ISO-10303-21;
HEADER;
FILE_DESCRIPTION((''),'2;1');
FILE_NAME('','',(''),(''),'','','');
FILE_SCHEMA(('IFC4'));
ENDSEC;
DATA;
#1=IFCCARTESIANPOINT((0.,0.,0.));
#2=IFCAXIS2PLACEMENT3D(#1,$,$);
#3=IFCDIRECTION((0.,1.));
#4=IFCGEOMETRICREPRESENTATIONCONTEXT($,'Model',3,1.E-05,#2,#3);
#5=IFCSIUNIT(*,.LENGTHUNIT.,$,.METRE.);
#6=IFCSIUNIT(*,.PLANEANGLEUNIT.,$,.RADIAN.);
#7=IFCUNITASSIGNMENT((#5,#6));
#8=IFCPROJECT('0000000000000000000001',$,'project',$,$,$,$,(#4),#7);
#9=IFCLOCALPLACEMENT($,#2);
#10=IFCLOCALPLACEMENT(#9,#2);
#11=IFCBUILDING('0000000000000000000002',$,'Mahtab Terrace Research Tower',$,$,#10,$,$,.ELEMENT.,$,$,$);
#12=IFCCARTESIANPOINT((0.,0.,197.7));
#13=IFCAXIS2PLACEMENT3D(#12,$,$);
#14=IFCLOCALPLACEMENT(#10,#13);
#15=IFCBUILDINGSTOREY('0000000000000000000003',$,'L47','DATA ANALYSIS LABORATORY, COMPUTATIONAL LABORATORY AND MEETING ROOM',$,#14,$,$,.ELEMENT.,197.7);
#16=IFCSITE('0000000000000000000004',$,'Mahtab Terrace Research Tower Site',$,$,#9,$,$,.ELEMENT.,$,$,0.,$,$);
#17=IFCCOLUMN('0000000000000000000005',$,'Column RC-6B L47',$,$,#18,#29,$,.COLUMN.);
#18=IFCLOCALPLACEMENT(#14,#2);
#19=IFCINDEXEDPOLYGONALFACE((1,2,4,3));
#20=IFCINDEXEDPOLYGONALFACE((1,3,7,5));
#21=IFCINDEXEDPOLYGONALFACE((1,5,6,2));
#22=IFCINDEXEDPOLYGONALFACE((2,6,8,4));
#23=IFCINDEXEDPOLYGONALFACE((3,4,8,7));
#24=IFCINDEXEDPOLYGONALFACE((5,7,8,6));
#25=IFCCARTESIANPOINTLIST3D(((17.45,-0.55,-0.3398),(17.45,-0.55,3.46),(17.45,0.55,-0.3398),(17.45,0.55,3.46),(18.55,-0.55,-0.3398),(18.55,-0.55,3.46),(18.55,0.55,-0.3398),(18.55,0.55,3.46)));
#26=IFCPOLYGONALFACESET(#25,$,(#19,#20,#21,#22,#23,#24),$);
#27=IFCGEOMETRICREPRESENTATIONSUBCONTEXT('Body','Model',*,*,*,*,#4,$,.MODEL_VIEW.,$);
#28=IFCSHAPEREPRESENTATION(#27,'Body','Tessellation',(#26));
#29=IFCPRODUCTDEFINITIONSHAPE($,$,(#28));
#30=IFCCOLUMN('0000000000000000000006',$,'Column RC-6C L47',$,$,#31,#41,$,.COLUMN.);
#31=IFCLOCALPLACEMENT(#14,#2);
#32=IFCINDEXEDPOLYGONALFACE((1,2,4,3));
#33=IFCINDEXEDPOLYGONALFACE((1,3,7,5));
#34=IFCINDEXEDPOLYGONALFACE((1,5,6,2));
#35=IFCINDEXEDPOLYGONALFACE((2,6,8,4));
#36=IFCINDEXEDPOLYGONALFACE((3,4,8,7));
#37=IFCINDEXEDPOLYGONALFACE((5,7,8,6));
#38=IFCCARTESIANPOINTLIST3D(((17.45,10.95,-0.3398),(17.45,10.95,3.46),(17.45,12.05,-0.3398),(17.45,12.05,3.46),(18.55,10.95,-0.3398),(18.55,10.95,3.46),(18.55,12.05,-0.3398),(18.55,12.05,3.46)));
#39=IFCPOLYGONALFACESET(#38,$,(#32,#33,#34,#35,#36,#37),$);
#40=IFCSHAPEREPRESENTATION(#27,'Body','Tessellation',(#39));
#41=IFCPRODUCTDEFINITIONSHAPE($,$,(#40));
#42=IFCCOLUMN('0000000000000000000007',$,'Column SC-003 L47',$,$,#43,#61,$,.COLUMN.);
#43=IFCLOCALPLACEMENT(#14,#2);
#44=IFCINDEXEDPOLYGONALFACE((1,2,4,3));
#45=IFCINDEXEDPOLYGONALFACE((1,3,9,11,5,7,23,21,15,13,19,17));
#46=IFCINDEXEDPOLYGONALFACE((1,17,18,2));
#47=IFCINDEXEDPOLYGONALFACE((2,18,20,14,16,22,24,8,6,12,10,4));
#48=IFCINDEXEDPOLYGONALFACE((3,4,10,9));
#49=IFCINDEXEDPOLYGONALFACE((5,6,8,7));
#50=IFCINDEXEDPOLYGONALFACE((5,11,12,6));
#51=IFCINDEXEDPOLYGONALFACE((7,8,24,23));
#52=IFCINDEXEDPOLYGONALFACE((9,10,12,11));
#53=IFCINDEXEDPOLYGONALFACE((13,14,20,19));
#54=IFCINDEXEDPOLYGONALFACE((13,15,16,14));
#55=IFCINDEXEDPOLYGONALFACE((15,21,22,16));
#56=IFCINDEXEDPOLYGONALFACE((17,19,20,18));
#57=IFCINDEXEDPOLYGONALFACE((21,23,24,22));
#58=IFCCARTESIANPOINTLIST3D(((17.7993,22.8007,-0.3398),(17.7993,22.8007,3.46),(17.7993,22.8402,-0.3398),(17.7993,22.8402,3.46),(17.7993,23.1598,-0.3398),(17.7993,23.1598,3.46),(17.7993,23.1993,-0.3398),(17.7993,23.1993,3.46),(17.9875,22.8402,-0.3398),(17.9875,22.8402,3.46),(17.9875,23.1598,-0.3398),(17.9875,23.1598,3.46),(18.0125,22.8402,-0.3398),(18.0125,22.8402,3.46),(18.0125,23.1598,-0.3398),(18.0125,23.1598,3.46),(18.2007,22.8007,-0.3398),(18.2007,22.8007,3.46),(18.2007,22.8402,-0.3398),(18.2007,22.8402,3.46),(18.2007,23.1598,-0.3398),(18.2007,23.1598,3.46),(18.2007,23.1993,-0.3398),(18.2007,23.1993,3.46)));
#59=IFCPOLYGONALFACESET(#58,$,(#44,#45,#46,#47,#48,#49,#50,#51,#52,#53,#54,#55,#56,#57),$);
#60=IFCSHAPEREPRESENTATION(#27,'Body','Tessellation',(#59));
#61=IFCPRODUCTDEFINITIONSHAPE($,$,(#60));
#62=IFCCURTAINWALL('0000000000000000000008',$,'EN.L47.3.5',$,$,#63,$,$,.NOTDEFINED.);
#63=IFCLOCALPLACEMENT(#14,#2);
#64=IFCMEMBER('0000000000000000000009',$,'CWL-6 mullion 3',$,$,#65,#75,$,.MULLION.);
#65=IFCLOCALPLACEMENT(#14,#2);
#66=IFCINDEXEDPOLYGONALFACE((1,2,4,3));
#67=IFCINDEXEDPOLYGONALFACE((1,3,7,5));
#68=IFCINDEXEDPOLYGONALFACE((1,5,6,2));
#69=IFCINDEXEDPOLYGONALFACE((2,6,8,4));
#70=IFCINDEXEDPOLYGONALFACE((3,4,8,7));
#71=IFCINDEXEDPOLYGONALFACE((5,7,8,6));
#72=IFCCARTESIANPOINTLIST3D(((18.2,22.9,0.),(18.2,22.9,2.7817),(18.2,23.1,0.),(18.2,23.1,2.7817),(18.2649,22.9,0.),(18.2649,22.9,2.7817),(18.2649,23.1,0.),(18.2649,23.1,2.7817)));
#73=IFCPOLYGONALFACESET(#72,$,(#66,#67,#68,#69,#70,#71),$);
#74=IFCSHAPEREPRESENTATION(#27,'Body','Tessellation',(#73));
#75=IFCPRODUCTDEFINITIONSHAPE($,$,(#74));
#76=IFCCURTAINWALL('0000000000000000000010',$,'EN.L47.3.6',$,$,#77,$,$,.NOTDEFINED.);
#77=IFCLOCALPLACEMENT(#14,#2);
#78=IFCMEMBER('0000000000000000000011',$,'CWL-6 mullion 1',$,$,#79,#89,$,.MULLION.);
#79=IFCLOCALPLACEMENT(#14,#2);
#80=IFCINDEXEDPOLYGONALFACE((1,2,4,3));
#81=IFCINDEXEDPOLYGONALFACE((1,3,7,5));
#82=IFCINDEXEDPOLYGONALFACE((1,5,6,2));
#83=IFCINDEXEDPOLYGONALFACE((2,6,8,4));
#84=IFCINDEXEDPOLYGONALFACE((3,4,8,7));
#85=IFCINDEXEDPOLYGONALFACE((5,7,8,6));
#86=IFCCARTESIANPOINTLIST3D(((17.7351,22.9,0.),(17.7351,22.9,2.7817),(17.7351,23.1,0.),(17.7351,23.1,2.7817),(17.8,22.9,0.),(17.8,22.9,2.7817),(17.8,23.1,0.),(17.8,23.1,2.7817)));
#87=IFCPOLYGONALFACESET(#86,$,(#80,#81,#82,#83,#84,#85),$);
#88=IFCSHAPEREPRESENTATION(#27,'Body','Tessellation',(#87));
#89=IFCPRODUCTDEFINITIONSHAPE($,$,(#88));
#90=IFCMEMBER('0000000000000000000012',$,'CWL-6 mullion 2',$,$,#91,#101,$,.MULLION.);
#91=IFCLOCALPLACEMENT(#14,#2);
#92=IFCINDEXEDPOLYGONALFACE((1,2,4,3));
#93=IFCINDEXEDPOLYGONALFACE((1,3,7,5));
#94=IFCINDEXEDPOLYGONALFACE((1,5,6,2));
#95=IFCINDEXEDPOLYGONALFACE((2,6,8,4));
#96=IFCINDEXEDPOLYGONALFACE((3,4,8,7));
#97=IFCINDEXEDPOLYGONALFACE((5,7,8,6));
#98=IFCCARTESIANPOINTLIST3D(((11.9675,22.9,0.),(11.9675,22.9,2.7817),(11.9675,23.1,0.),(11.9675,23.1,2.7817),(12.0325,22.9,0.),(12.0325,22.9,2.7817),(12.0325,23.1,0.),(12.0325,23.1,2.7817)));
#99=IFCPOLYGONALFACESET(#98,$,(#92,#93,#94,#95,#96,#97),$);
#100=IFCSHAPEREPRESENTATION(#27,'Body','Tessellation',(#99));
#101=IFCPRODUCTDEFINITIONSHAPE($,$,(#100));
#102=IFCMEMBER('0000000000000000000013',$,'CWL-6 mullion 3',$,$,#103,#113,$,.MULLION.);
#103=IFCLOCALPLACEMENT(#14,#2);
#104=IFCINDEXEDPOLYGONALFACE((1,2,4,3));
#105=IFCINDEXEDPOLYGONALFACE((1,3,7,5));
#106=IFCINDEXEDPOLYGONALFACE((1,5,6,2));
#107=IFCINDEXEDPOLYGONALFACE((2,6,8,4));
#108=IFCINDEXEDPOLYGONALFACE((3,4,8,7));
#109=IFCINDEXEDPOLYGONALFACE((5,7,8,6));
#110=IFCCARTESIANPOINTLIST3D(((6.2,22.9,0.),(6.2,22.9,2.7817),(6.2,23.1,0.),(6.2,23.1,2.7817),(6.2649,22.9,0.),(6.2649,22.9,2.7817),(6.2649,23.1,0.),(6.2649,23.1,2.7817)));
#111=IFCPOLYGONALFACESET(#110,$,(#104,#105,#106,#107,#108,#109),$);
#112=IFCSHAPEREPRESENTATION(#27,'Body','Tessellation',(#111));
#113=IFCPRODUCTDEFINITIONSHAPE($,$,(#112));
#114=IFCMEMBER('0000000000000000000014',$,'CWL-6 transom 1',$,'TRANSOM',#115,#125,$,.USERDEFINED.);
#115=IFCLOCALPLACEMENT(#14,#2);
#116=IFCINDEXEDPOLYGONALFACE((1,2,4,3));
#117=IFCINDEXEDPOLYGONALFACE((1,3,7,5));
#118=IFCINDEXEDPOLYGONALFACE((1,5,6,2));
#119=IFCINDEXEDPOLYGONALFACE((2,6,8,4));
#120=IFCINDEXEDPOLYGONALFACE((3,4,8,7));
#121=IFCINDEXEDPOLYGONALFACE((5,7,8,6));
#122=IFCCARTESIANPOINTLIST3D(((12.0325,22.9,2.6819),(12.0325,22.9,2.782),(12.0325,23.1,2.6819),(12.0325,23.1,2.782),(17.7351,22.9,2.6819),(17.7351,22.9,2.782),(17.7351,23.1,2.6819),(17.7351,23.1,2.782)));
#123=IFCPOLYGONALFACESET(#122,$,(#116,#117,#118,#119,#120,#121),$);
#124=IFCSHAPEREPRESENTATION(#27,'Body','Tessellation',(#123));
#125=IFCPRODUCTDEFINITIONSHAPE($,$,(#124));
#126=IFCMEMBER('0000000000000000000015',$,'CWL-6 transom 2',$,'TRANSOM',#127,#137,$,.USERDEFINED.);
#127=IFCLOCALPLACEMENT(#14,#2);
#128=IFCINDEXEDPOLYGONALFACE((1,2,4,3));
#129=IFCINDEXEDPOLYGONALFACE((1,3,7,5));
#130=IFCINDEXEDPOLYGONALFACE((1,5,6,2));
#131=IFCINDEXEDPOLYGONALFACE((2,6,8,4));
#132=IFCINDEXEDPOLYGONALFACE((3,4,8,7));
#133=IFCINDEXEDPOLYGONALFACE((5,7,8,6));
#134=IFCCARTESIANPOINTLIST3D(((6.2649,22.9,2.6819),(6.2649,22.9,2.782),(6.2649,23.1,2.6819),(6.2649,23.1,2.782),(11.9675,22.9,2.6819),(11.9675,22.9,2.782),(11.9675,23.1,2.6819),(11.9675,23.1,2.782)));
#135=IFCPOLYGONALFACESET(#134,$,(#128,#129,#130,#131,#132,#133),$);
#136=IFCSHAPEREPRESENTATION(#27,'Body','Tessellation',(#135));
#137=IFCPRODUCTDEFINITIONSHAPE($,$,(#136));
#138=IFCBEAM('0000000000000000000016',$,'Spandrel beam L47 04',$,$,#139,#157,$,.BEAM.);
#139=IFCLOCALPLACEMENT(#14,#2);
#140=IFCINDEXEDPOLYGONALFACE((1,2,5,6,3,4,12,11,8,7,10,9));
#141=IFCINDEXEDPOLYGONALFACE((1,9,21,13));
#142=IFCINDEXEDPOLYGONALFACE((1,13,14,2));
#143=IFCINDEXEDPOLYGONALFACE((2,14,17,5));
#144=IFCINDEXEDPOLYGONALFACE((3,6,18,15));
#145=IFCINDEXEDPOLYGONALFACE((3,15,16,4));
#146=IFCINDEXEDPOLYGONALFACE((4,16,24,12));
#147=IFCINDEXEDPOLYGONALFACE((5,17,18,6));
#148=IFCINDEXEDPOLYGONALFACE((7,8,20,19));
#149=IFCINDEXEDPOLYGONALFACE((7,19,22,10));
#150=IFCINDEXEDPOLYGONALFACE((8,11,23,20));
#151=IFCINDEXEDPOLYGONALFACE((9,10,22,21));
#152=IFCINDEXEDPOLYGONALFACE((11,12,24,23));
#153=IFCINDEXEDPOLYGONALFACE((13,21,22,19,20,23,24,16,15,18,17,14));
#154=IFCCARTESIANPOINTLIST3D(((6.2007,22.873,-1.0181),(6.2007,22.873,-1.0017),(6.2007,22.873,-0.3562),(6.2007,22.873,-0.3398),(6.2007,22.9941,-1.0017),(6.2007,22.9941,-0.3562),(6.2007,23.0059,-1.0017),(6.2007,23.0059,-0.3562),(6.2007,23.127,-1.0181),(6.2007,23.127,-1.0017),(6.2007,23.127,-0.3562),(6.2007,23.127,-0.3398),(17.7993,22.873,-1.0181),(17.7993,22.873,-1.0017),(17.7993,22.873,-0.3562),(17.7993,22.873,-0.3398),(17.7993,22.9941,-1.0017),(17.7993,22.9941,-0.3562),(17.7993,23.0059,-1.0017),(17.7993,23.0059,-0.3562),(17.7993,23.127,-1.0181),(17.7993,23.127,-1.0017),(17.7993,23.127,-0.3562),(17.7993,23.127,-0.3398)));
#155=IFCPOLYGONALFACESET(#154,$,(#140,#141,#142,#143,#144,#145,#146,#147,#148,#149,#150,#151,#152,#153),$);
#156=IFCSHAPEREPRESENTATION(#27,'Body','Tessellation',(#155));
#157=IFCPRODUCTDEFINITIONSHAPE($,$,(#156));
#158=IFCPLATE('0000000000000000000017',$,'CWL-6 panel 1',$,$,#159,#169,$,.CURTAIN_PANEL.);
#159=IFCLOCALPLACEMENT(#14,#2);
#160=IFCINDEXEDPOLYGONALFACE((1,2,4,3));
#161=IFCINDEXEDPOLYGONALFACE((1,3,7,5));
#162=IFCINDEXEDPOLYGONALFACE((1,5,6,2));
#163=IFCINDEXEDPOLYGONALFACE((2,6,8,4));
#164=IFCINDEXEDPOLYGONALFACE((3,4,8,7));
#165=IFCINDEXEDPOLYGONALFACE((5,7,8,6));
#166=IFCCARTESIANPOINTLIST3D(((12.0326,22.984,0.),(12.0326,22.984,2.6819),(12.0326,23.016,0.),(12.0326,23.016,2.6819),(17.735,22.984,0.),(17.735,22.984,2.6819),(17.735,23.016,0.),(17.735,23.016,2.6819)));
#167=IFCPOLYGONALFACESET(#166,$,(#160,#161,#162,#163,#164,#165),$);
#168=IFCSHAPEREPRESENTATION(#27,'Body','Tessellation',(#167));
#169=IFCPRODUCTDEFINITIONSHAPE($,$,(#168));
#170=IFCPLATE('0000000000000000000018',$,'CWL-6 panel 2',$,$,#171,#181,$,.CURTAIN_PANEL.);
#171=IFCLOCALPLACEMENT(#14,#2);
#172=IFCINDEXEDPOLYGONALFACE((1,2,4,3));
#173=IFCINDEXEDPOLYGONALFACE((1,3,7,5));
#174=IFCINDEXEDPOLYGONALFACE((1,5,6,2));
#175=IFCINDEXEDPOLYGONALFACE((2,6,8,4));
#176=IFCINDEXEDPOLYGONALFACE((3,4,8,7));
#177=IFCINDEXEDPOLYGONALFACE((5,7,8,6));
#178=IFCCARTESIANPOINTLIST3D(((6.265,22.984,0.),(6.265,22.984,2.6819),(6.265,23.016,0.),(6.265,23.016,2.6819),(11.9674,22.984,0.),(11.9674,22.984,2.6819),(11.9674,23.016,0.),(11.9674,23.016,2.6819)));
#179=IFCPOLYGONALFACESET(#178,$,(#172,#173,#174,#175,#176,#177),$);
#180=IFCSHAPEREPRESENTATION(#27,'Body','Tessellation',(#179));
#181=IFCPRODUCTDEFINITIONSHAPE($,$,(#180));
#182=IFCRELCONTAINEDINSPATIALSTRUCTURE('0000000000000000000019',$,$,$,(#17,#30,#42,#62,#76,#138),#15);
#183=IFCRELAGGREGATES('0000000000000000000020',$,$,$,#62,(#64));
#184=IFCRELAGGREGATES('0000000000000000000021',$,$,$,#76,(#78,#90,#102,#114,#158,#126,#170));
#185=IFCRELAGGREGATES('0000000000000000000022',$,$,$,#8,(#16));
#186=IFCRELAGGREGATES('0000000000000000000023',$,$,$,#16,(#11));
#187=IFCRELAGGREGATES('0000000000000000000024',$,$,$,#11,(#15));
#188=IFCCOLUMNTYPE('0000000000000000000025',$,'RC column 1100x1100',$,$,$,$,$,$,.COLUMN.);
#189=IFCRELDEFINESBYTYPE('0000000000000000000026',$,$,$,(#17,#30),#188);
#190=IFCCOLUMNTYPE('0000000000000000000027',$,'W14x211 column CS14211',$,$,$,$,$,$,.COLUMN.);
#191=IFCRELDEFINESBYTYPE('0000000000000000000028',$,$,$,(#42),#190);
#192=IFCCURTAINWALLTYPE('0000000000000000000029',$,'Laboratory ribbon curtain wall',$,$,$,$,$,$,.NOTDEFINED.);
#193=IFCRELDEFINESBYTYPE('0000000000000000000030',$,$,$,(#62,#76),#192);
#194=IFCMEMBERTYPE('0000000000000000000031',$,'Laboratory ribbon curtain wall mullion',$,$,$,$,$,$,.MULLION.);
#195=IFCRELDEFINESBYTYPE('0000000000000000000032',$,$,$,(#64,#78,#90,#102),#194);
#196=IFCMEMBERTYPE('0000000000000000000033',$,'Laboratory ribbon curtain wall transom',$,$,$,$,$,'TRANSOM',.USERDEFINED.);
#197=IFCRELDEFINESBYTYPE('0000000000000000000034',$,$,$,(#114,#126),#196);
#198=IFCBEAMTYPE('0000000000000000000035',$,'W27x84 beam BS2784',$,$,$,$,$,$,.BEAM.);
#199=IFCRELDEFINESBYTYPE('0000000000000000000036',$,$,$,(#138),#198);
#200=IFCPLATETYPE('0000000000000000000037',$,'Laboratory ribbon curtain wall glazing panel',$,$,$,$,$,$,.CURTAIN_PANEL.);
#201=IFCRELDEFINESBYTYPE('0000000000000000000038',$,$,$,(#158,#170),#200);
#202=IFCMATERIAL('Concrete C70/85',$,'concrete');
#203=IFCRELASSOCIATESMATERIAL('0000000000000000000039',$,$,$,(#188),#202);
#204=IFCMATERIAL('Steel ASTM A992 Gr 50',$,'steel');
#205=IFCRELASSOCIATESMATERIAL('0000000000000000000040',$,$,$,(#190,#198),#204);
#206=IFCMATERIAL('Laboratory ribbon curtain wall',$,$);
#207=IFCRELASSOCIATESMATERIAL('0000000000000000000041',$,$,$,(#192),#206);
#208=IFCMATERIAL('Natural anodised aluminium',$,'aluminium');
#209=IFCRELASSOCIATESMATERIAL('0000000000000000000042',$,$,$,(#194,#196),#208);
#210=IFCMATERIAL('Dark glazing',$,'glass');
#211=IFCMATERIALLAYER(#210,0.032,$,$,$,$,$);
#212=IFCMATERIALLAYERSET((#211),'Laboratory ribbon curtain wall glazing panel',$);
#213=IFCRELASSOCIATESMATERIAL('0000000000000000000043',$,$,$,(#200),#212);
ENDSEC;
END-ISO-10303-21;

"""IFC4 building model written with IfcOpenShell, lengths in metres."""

from ifc_helpers import new_model, si_unit, direction, frame, origin, origin_2d, place, context, subcontext, project, spatial, rectangle, i_section, extrude, material, layer, layer_set, material_profile, profile_set, type_object, element, aggregate, save


model = new_model("IFC4")

# Units and contexts
model_context = context("Model", 3, precision=1e-05, world=origin(), true_north=direction((0.0, 1.0)))
body_context = subcontext(model_context, "Body", "Model", "MODEL_VIEW")
ifc_project = project(units=[si_unit("LENGTHUNIT", "METRE"), si_unit("PLANEANGLEUNIT", "RADIAN")], contexts=[model_context])

# Site, building, storey
site_placement = place(None, origin())
site = spatial("IfcSite", under=ifc_project, at=site_placement, Name="Mahtab Terrace Research Tower Site", CompositionType="ELEMENT", RefElevation=0.0)
building_placement = place(site_placement, origin())
building = spatial("IfcBuilding", under=site, at=building_placement, Name="Mahtab Terrace Research Tower", CompositionType="ELEMENT")
storey_placement = place(building_placement, frame((0.0, 0.0, 197.7)))
storey = spatial("IfcBuildingStorey", under=building, at=storey_placement, Name="L47", Description="DATA ANALYSIS LABORATORY, COMPUTATIONAL LABORATORY AND MEETING ROOM", CompositionType="ELEMENT", Elevation=197.7)

# Columns
ifc_material_1 = material(Name="Concrete C70/85", Category="concrete")
ifc_material_profile_1 = material_profile(ifc_material_1, rectangle(XDim=1.1001, YDim=1.1001, at=origin_2d()), Name="RC column 1100x1100")
ifc_profile_set_1 = profile_set([ifc_material_profile_1], Name="Concrete C70/85")
column_type_1 = type_object("IfcColumnType", Name="RC column 1100x1100", PredefinedType="COLUMN", material=ifc_profile_set_1)
for number, where, z_axis, x_axis, name in (
    (1, (18.0, 0.0, -0.3398), (0.0, 0.0, 1.0), (1.0, 0.0, 0.0), "Column RC-6B L47"),
    (2, (18.0, 11.5, -0.3398), (0.0, 0.0, 1.0), (1.0, 0.0, 0.0), "Column RC-6C L47"),
):
    element("IfcColumn", number, at=place(storey_placement, frame(where, z_axis=z_axis, x_axis=x_axis)), inside=storey, type_object=column_type_1, Name=name, PredefinedType="COLUMN", context=body_context, shape_type="SweptSolid", body=[
        extrude(rectangle(XDim=1.1001, YDim=1.1001, at=origin_2d()), origin(), (0.0, 0.0, 1.0), 3.7998),
    ])
ifc_material_2 = material(Name="Steel ASTM A992 Gr 50", Category="steel")
ifc_material_profile_2 = material_profile(ifc_material_2, i_section(OverallWidth=0.4014, OverallDepth=0.3987, WebThickness=0.0249, FlangeThickness=0.0396, at=origin_2d()), Name="W14X211")
ifc_profile_set_2 = profile_set([ifc_material_profile_2], Name="Steel ASTM A992 Gr 50")
column_type_2 = type_object("IfcColumnType", Name="W14x211 column CS14211", PredefinedType="COLUMN", material=ifc_profile_set_2)
column_placement = place(storey_placement, frame((18.0, 23.0, -0.3398), z_axis=(0.0, 0.0, 1.0), x_axis=(1.0, 0.0, 0.0)))
element("IfcColumn", 3, at=column_placement, inside=storey, type_object=column_type_2, Name="Column SC-003 L47", PredefinedType="COLUMN", context=body_context, shape_type="SweptSolid", body=[
    extrude(i_section(OverallWidth=0.4014, OverallDepth=0.3987, WebThickness=0.0249, FlangeThickness=0.0396, at=origin_2d()), origin(), (0.0, 0.0, 1.0), 3.7998),
])

# Curtain wall, member
ifc_material_3 = material(Name="Laboratory ribbon curtain wall")
curtain_wall_type = type_object("IfcCurtainWallType", Name="Laboratory ribbon curtain wall", PredefinedType="NOTDEFINED", material=ifc_material_3)
curtain_wall_1_placement = place(storey_placement, origin())
curtain_wall_1 = element("IfcCurtainWall", 4, at=curtain_wall_1_placement, inside=storey, type_object=curtain_wall_type, Name="EN.L47.3.5", PredefinedType="NOTDEFINED")
ifc_material_4 = material(Name="Natural anodised aluminium", Category="aluminium")
ifc_material_profile_3 = material_profile(ifc_material_4, rectangle(XDim=0.2, YDim=0.0649, at=origin_2d()), Name="MULLION 65x200")
ifc_profile_set_3 = profile_set([ifc_material_profile_3], Name="Natural anodised aluminium")
member_type_1 = type_object("IfcMemberType", Name="Laboratory ribbon curtain wall mullion", PredefinedType="MULLION", material=ifc_profile_set_3)
member_1_placement = place(storey_placement, frame((18.2324, 23.0, 0.0), z_axis=(0.0, 0.0, 1.0), x_axis=(0.0, -1.0, 0.0)))
member_1 = element("IfcMember", 5, at=member_1_placement, type_object=member_type_1, Name="CWL-6 mullion 3", PredefinedType="MULLION", context=body_context, shape_type="SweptSolid", body=[
    extrude(rectangle(XDim=0.2, YDim=0.0649, at=origin_2d()), origin(), (0.0, 0.0, 1.0), 2.7817),
])
aggregate(curtain_wall_1, [member_1])

# Curtain wall, members
curtain_wall_2_placement = place(storey_placement, origin())
curtain_wall_2 = element("IfcCurtainWall", 6, at=curtain_wall_2_placement, inside=storey, type_object=curtain_wall_type, Name="EN.L47.3.6", PredefinedType="NOTDEFINED")
member_2_placement = place(storey_placement, frame((17.7676, 23.0, 0.0), z_axis=(0.0, 0.0, 1.0), x_axis=(0.0, -1.0, 0.0)))
member_2 = element("IfcMember", 7, at=member_2_placement, type_object=member_type_1, Name="CWL-6 mullion 1", PredefinedType="MULLION", context=body_context, shape_type="SweptSolid", body=[
    extrude(rectangle(XDim=0.2, YDim=0.0649, at=origin_2d()), origin(), (0.0, 0.0, 1.0), 2.7817),
])
member_3_placement = place(storey_placement, frame((12.0, 23.0, 0.0), z_axis=(0.0, 0.0, 1.0), x_axis=(0.0, -1.0, 0.0)))
member_3 = element("IfcMember", 8, at=member_3_placement, type_object=member_type_1, Name="CWL-6 mullion 2", PredefinedType="MULLION", context=body_context, shape_type="SweptSolid", body=[
    extrude(rectangle(XDim=0.2, YDim=0.0649, at=origin_2d()), origin(), (0.0, 0.0, 1.0), 2.7817),
])
member_4_placement = place(storey_placement, frame((6.2324, 23.0, 0.0), z_axis=(0.0, 0.0, 1.0), x_axis=(0.0, -1.0, 0.0)))
member_4 = element("IfcMember", 9, at=member_4_placement, type_object=member_type_1, Name="CWL-6 mullion 3", PredefinedType="MULLION", context=body_context, shape_type="SweptSolid", body=[
    extrude(rectangle(XDim=0.2, YDim=0.0649, at=origin_2d()), origin(), (0.0, 0.0, 1.0), 2.7817),
])
ifc_material_profile_4 = material_profile(ifc_material_4, rectangle(XDim=0.2, YDim=0.1001, at=origin_2d()), Name="TRANSOM 100x200")
ifc_profile_set_4 = profile_set([ifc_material_profile_4], Name="Natural anodised aluminium")
member_type_2 = type_object("IfcMemberType", Name="Laboratory ribbon curtain wall transom", ElementType="TRANSOM", PredefinedType="USERDEFINED", material=ifc_profile_set_4)
member_5_placement = place(storey_placement, frame((17.7351, 23.0, 2.7319), z_axis=(-1.0, 0.0, 0.0), x_axis=(0.0, -1.0, 0.0)))
member_5 = element("IfcMember", 10, at=member_5_placement, type_object=member_type_2, Name="CWL-6 transom 1", ObjectType="TRANSOM", PredefinedType="USERDEFINED", context=body_context, shape_type="SweptSolid", body=[
    extrude(rectangle(XDim=0.2, YDim=0.1001, at=origin_2d()), origin(), (0.0, 0.0, 1.0), 5.7026),
])
member_6_placement = place(storey_placement, frame((11.9675, 23.0, 2.7319), z_axis=(-1.0, 0.0, 0.0), x_axis=(0.0, -1.0, 0.0)))
member_6 = element("IfcMember", 11, at=member_6_placement, type_object=member_type_2, Name="CWL-6 transom 2", ObjectType="TRANSOM", PredefinedType="USERDEFINED", context=body_context, shape_type="SweptSolid", body=[
    extrude(rectangle(XDim=0.2, YDim=0.1001, at=origin_2d()), origin(), (0.0, 0.0, 1.0), 5.7026),
])

# Beam
ifc_material_profile_5 = material_profile(ifc_material_2, i_section(OverallWidth=0.2539, OverallDepth=0.6782, WebThickness=0.0117, FlangeThickness=0.0164, at=origin_2d()), Name="W27X84")
ifc_profile_set_5 = profile_set([ifc_material_profile_5], Name="Steel ASTM A992 Gr 50")
beam_type = type_object("IfcBeamType", Name="W27x84 beam BS2784", PredefinedType="BEAM", material=ifc_profile_set_5)
beam_placement = place(storey_placement, frame((17.7993, 23.0, -0.679), z_axis=(-1.0, 0.0, 0.0), x_axis=(0.0, -1.0, 0.0)))
element("IfcBeam", 12, at=beam_placement, inside=storey, type_object=beam_type, Name="Spandrel beam L47 04", PredefinedType="BEAM", context=body_context, shape_type="SweptSolid", body=[
    extrude(i_section(OverallWidth=0.2539, OverallDepth=0.6782, WebThickness=0.0117, FlangeThickness=0.0164, at=origin_2d()), origin(), (0.0, 0.0, 1.0), 11.5986),
])

# Plates
ifc_material_5 = material(Name="Dark glazing", Category="glass")
ifc_layer_1 = layer(ifc_material_5, 0.032)
ifc_layer_set_1 = layer_set([ifc_layer_1], Name="Laboratory ribbon curtain wall glazing panel")
plate_type = type_object("IfcPlateType", Name="Laboratory ribbon curtain wall glazing panel", PredefinedType="CURTAIN_PANEL", material=ifc_layer_set_1)
plate_1_placement = place(storey_placement, frame((14.8838, 23.0, 0.0), z_axis=(0.0, 0.0, 1.0), x_axis=(-1.0, 0.0, 0.0)))
plate_1 = element("IfcPlate", 13, at=plate_1_placement, type_object=plate_type, Name="CWL-6 panel 1", PredefinedType="CURTAIN_PANEL", context=body_context, shape_type="SweptSolid", body=[
    extrude(rectangle(XDim=5.7024, YDim=0.032, at=origin_2d()), origin(), (0.0, 0.0, 1.0), 2.6819),
])
plate_2_placement = place(storey_placement, frame((9.1162, 23.0, 0.0), z_axis=(0.0, 0.0, 1.0), x_axis=(-1.0, 0.0, 0.0)))
plate_2 = element("IfcPlate", 14, at=plate_2_placement, type_object=plate_type, Name="CWL-6 panel 2", PredefinedType="CURTAIN_PANEL", context=body_context, shape_type="SweptSolid", body=[
    extrude(rectangle(XDim=5.7024, YDim=0.032, at=origin_2d()), origin(), (0.0, 0.0, 1.0), 2.6819),
])
aggregate(curtain_wall_2, [member_2, member_3, member_4, member_5, plate_1, member_6, plate_2])

save(model, "model.ifc")
